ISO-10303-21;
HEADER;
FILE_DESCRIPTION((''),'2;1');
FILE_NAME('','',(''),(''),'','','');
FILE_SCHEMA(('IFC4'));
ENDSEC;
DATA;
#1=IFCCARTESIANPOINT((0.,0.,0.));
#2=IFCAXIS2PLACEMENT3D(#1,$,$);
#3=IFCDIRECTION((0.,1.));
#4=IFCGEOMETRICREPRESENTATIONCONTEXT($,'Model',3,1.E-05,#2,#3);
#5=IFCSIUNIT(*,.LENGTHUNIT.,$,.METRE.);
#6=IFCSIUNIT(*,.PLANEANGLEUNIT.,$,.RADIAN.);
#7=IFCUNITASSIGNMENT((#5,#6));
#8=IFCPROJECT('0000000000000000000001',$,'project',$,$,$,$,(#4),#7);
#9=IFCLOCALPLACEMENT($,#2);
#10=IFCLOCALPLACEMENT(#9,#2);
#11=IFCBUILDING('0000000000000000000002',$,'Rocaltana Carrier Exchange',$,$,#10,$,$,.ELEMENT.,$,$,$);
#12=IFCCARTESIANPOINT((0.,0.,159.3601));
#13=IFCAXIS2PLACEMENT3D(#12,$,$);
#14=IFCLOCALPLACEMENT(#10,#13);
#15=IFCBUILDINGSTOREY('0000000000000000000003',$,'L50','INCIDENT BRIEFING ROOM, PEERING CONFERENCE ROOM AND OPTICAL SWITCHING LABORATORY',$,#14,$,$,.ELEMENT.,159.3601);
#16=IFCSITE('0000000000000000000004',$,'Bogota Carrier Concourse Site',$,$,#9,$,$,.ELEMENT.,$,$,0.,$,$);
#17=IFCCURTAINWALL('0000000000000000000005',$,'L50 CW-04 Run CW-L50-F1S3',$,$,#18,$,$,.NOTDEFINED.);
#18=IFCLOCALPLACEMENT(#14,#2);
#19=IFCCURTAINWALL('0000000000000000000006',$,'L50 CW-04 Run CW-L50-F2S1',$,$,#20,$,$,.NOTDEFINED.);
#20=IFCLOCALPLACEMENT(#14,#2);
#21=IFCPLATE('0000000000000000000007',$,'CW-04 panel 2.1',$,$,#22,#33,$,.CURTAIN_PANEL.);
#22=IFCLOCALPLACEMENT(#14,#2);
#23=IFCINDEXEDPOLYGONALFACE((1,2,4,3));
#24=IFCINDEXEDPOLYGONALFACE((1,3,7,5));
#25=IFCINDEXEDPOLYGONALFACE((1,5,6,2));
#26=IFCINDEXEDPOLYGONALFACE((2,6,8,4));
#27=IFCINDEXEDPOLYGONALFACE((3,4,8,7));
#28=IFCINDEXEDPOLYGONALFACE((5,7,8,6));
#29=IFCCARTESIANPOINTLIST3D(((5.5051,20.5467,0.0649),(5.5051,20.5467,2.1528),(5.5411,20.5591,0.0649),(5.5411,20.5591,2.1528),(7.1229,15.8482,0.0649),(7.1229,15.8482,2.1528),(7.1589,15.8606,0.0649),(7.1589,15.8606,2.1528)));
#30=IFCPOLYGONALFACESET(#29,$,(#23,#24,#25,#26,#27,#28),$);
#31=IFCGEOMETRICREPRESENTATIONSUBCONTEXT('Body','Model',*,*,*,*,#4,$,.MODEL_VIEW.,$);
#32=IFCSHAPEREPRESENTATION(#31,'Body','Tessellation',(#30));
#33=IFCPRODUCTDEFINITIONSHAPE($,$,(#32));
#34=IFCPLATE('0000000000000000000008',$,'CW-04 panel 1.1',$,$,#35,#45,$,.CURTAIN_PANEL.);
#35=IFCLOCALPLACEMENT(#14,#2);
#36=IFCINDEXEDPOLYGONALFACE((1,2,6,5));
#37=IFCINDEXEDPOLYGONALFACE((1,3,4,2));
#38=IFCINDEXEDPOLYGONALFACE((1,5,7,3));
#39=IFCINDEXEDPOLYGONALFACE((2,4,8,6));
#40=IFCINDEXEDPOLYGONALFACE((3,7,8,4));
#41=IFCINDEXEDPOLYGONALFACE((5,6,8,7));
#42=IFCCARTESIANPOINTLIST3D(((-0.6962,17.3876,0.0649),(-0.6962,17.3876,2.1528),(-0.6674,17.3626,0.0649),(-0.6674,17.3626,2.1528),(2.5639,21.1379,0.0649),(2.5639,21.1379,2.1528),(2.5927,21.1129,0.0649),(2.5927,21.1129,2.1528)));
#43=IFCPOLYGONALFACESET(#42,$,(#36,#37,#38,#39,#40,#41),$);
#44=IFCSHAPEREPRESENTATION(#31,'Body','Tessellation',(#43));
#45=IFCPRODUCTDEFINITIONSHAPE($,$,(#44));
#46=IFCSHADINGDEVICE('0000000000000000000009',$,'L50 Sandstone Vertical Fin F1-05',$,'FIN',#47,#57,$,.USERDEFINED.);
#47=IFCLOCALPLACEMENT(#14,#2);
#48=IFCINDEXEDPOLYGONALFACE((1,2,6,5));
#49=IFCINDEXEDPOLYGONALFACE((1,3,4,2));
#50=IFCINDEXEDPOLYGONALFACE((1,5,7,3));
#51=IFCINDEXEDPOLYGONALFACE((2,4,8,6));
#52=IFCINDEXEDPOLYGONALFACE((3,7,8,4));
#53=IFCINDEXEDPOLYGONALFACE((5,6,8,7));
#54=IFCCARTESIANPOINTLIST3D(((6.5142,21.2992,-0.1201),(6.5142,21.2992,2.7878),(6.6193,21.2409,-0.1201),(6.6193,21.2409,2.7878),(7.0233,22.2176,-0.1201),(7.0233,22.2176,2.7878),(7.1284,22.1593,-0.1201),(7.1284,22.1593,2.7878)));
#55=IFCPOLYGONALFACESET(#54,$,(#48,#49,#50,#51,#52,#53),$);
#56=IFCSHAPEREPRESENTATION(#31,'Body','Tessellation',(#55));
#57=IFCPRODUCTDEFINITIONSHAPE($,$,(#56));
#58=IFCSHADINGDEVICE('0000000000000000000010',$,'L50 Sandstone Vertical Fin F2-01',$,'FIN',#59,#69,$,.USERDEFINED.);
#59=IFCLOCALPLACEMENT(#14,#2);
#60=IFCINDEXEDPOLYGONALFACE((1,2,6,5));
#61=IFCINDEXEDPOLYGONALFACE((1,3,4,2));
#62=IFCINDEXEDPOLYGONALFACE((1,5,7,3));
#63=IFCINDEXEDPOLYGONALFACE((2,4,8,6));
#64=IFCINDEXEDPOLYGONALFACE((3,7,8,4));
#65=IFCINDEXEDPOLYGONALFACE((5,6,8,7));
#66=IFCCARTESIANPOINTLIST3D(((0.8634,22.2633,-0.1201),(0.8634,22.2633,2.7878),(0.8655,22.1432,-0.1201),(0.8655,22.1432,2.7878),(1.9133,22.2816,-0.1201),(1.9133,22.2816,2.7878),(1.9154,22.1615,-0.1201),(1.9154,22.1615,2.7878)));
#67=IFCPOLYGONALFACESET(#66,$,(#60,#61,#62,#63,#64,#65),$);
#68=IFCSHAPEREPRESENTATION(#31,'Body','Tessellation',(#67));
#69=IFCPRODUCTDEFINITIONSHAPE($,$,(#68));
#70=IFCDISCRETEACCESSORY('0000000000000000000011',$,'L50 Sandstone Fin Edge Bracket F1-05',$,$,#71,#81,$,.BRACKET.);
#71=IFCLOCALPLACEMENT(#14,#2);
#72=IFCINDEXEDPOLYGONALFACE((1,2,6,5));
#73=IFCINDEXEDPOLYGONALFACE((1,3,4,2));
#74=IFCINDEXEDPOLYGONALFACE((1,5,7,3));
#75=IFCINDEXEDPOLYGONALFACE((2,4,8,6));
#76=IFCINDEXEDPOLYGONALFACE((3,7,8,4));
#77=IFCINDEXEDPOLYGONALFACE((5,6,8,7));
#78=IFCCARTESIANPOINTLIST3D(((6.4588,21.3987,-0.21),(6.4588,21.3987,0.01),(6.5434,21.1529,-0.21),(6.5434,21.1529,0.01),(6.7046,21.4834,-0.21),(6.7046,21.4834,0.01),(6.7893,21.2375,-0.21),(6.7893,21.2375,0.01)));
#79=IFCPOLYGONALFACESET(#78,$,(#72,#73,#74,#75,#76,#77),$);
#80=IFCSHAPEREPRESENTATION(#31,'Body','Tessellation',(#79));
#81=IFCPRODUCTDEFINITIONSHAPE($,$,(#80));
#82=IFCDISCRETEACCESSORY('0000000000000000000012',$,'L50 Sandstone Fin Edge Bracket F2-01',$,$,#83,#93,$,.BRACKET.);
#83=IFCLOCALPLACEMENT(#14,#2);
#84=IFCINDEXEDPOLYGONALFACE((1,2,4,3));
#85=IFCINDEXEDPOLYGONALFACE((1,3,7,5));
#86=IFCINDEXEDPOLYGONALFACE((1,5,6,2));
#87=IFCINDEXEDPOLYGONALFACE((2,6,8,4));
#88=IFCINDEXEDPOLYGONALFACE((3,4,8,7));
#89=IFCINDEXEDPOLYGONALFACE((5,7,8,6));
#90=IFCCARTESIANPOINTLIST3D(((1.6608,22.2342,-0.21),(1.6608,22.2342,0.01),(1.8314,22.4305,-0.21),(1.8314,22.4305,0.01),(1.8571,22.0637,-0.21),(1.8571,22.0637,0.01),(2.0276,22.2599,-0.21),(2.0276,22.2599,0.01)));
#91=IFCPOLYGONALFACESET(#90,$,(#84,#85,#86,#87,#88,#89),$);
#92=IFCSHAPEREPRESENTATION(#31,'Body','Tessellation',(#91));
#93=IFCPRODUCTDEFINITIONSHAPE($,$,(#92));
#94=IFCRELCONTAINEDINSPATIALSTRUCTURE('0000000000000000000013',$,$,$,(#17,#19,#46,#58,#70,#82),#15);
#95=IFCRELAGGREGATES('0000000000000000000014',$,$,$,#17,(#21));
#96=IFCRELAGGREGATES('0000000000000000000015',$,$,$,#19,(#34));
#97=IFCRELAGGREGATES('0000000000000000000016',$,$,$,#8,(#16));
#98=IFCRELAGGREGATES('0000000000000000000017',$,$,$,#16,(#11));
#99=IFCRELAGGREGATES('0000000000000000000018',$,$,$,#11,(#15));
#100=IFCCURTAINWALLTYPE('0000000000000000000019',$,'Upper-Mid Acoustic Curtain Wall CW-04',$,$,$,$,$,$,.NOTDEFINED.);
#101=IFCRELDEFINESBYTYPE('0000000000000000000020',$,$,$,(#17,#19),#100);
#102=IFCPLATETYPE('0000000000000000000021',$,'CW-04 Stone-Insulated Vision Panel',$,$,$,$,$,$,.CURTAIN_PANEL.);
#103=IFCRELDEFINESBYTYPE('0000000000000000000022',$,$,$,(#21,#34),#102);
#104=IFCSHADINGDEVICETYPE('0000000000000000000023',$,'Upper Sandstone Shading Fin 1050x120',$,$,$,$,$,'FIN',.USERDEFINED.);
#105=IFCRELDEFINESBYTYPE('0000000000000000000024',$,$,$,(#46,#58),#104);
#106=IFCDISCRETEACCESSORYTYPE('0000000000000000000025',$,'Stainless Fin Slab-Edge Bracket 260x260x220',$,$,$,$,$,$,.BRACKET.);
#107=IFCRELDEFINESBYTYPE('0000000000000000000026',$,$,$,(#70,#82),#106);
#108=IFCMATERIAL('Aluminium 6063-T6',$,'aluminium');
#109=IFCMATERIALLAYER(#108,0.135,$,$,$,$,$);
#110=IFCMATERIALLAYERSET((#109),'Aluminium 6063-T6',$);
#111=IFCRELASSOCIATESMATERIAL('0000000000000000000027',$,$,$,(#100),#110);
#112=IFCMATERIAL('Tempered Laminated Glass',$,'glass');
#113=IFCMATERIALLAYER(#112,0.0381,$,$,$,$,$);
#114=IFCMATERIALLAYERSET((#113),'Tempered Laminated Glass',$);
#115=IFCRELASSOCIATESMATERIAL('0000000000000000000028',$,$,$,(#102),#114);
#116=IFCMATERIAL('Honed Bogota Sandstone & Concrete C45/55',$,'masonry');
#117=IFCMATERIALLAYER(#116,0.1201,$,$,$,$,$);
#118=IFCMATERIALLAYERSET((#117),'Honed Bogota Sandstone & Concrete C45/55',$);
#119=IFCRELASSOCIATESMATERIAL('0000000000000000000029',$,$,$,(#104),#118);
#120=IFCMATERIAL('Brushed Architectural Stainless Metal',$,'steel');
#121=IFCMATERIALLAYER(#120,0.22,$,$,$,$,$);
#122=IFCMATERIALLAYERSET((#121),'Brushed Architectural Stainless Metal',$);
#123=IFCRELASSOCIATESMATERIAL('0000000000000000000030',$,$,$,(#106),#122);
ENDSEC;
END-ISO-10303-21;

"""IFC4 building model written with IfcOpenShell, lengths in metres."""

from ifc_helpers import new_model, si_unit, direction, frame, origin, origin_2d, place, context, subcontext, project, spatial, rectangle, extrude, material, layer, layer_set, type_object, element, aggregate, save


model = new_model("IFC4")

# Units and contexts
model_context = context("Model", 3, precision=1e-05, world=origin(), true_north=direction((0.0, 1.0)))
body_context = subcontext(model_context, "Body", "Model", "MODEL_VIEW")
ifc_project = project(units=[si_unit("LENGTHUNIT", "METRE"), si_unit("PLANEANGLEUNIT", "RADIAN")], contexts=[model_context])

# Site, building, storey
site_placement = place(None, origin())
site = spatial("IfcSite", under=ifc_project, at=site_placement, Name="Bogota Carrier Concourse Site", CompositionType="ELEMENT", RefElevation=0.0)
building_placement = place(site_placement, origin())
building = spatial("IfcBuilding", under=site, at=building_placement, Name="Rocaltana Carrier Exchange", CompositionType="ELEMENT")
storey_placement = place(building_placement, frame((0.0, 0.0, 159.3601)))
storey = spatial("IfcBuildingStorey", under=building, at=storey_placement, Name="L50", Description="INCIDENT BRIEFING ROOM, PEERING CONFERENCE ROOM AND OPTICAL SWITCHING LABORATORY", CompositionType="ELEMENT", Elevation=159.3601)

# Curtain wall
ifc_material_1 = material(Name="Aluminium 6063-T6", Category="aluminium")
ifc_layer_1 = layer(ifc_material_1, 0.135)
ifc_layer_set_1 = layer_set([ifc_layer_1], Name="Aluminium 6063-T6")
curtain_wall_type = type_object("IfcCurtainWallType", Name="Upper-Mid Acoustic Curtain Wall CW-04", PredefinedType="NOTDEFINED", material=ifc_layer_set_1)
curtain_wall_1_placement = place(storey_placement, origin())
curtain_wall_1 = element("IfcCurtainWall", 1, at=curtain_wall_1_placement, inside=storey, type_object=curtain_wall_type, Name="L50 CW-04 Run CW-L50-F1S3", PredefinedType="NOTDEFINED")

# Curtain wall
curtain_wall_2_placement = place(storey_placement, origin())
curtain_wall_2 = element("IfcCurtainWall", 2, at=curtain_wall_2_placement, inside=storey, type_object=curtain_wall_type, Name="L50 CW-04 Run CW-L50-F2S1", PredefinedType="NOTDEFINED")

# Plates
ifc_material_2 = material(Name="Tempered Laminated Glass", Category="glass")
ifc_layer_2 = layer(ifc_material_2, 0.0381)
ifc_layer_set_2 = layer_set([ifc_layer_2], Name="Tempered Laminated Glass")
plate_type = type_object("IfcPlateType", Name="CW-04 Stone-Insulated Vision Panel", PredefinedType="CURTAIN_PANEL", material=ifc_layer_set_2)
plate_1_placement = place(storey_placement, frame((6.332, 18.2036, 0.0649), z_axis=(0.0, 0.0, 1.0), x_axis=(-0.325559, 0.945522, 0.0)))
plate_1 = element("IfcPlate", 3, at=plate_1_placement, type_object=plate_type, Name="CW-04 panel 2.1", PredefinedType="CURTAIN_PANEL", context=body_context, shape_type="SweptSolid", body=[
    extrude(rectangle(XDim=4.9692, YDim=0.0381, at=origin_2d()), origin(), (0.0, 0.0, 1.0), 2.0879),
])
aggregate(curtain_wall_1, [plate_1])
plate_2_placement = place(storey_placement, frame((0.9482, 19.2502, 0.0649), z_axis=(0.0, 0.0, 1.0), x_axis=(-0.656057, -0.754712, 0.0)))
plate_2 = element("IfcPlate", 4, at=plate_2_placement, type_object=plate_type, Name="CW-04 panel 1.1", PredefinedType="CURTAIN_PANEL", context=body_context, shape_type="SweptSolid", body=[
    extrude(rectangle(XDim=4.9692, YDim=0.0381, at=origin_2d()), origin(), (0.0, 0.0, 1.0), 2.0879),
])
aggregate(curtain_wall_2, [plate_2])

# Shading devices
ifc_material_3 = material(Name="Honed Bogota Sandstone & Concrete C45/55", Category="masonry")
ifc_layer_3 = layer(ifc_material_3, 0.1201)
ifc_layer_set_3 = layer_set([ifc_layer_3], Name="Honed Bogota Sandstone & Concrete C45/55")
shading_device_type = type_object("IfcShadingDeviceType", Name="Upper Sandstone Shading Fin 1050x120", ElementType="FIN", PredefinedType="USERDEFINED", material=ifc_layer_set_3)
for number, where, z_axis, x_axis, name in (
    (5, (6.8213, 21.7292, -0.1201), (0.0, 0.0, 1.0), (0.48481, 0.87462, 0.0), "L50 Sandstone Vertical Fin F1-05"),
    (6, (1.3894, 22.2124, -0.1201), (0.0, 0.0, 1.0), (-0.999848, -0.017452, 0.0), "L50 Sandstone Vertical Fin F2-01"),
):
    element("IfcShadingDevice", number, at=place(storey_placement, frame(where, z_axis=z_axis, x_axis=x_axis)), inside=storey, type_object=shading_device_type, Name=name, ObjectType="FIN", PredefinedType="USERDEFINED", context=body_context, shape_type="SweptSolid", body=[
        extrude(rectangle(XDim=1.05, YDim=0.1201, at=origin_2d()), origin(), (0.0, 0.0, 1.0), 2.908),
    ])

# Discrete accessories
ifc_material_4 = material(Name="Brushed Architectural Stainless Metal", Category="steel")
ifc_layer_4 = layer(ifc_material_4, 0.22)
ifc_layer_set_4 = layer_set([ifc_layer_4], Name="Brushed Architectural Stainless Metal")
discrete_accessory_type = type_object("IfcDiscreteAccessoryType", Name="Stainless Fin Slab-Edge Bracket 260x260x220", PredefinedType="BRACKET", material=ifc_layer_set_4)
for number, where, z_axis, x_axis, name in (
    (7, (6.624, 21.3181, -0.21), (0.0, 0.0, 1.0), (-0.325568, 0.945519, 0.0), "L50 Sandstone Fin Edge Bracket F1-05"),
    (8, (1.8442, 22.2471, -0.21), (0.0, 0.0, 1.0), (-0.656059, -0.75471, 0.0), "L50 Sandstone Fin Edge Bracket F2-01"),
):
    element("IfcDiscreteAccessory", number, at=place(storey_placement, frame(where, z_axis=z_axis, x_axis=x_axis)), inside=storey, type_object=discrete_accessory_type, Name=name, PredefinedType="BRACKET", context=body_context, shape_type="SweptSolid", body=[
        extrude(rectangle(XDim=0.26, YDim=0.26, at=origin_2d()), origin(), (0.0, 0.0, 1.0), 0.22),
    ])

save(model, "model.ifc")
